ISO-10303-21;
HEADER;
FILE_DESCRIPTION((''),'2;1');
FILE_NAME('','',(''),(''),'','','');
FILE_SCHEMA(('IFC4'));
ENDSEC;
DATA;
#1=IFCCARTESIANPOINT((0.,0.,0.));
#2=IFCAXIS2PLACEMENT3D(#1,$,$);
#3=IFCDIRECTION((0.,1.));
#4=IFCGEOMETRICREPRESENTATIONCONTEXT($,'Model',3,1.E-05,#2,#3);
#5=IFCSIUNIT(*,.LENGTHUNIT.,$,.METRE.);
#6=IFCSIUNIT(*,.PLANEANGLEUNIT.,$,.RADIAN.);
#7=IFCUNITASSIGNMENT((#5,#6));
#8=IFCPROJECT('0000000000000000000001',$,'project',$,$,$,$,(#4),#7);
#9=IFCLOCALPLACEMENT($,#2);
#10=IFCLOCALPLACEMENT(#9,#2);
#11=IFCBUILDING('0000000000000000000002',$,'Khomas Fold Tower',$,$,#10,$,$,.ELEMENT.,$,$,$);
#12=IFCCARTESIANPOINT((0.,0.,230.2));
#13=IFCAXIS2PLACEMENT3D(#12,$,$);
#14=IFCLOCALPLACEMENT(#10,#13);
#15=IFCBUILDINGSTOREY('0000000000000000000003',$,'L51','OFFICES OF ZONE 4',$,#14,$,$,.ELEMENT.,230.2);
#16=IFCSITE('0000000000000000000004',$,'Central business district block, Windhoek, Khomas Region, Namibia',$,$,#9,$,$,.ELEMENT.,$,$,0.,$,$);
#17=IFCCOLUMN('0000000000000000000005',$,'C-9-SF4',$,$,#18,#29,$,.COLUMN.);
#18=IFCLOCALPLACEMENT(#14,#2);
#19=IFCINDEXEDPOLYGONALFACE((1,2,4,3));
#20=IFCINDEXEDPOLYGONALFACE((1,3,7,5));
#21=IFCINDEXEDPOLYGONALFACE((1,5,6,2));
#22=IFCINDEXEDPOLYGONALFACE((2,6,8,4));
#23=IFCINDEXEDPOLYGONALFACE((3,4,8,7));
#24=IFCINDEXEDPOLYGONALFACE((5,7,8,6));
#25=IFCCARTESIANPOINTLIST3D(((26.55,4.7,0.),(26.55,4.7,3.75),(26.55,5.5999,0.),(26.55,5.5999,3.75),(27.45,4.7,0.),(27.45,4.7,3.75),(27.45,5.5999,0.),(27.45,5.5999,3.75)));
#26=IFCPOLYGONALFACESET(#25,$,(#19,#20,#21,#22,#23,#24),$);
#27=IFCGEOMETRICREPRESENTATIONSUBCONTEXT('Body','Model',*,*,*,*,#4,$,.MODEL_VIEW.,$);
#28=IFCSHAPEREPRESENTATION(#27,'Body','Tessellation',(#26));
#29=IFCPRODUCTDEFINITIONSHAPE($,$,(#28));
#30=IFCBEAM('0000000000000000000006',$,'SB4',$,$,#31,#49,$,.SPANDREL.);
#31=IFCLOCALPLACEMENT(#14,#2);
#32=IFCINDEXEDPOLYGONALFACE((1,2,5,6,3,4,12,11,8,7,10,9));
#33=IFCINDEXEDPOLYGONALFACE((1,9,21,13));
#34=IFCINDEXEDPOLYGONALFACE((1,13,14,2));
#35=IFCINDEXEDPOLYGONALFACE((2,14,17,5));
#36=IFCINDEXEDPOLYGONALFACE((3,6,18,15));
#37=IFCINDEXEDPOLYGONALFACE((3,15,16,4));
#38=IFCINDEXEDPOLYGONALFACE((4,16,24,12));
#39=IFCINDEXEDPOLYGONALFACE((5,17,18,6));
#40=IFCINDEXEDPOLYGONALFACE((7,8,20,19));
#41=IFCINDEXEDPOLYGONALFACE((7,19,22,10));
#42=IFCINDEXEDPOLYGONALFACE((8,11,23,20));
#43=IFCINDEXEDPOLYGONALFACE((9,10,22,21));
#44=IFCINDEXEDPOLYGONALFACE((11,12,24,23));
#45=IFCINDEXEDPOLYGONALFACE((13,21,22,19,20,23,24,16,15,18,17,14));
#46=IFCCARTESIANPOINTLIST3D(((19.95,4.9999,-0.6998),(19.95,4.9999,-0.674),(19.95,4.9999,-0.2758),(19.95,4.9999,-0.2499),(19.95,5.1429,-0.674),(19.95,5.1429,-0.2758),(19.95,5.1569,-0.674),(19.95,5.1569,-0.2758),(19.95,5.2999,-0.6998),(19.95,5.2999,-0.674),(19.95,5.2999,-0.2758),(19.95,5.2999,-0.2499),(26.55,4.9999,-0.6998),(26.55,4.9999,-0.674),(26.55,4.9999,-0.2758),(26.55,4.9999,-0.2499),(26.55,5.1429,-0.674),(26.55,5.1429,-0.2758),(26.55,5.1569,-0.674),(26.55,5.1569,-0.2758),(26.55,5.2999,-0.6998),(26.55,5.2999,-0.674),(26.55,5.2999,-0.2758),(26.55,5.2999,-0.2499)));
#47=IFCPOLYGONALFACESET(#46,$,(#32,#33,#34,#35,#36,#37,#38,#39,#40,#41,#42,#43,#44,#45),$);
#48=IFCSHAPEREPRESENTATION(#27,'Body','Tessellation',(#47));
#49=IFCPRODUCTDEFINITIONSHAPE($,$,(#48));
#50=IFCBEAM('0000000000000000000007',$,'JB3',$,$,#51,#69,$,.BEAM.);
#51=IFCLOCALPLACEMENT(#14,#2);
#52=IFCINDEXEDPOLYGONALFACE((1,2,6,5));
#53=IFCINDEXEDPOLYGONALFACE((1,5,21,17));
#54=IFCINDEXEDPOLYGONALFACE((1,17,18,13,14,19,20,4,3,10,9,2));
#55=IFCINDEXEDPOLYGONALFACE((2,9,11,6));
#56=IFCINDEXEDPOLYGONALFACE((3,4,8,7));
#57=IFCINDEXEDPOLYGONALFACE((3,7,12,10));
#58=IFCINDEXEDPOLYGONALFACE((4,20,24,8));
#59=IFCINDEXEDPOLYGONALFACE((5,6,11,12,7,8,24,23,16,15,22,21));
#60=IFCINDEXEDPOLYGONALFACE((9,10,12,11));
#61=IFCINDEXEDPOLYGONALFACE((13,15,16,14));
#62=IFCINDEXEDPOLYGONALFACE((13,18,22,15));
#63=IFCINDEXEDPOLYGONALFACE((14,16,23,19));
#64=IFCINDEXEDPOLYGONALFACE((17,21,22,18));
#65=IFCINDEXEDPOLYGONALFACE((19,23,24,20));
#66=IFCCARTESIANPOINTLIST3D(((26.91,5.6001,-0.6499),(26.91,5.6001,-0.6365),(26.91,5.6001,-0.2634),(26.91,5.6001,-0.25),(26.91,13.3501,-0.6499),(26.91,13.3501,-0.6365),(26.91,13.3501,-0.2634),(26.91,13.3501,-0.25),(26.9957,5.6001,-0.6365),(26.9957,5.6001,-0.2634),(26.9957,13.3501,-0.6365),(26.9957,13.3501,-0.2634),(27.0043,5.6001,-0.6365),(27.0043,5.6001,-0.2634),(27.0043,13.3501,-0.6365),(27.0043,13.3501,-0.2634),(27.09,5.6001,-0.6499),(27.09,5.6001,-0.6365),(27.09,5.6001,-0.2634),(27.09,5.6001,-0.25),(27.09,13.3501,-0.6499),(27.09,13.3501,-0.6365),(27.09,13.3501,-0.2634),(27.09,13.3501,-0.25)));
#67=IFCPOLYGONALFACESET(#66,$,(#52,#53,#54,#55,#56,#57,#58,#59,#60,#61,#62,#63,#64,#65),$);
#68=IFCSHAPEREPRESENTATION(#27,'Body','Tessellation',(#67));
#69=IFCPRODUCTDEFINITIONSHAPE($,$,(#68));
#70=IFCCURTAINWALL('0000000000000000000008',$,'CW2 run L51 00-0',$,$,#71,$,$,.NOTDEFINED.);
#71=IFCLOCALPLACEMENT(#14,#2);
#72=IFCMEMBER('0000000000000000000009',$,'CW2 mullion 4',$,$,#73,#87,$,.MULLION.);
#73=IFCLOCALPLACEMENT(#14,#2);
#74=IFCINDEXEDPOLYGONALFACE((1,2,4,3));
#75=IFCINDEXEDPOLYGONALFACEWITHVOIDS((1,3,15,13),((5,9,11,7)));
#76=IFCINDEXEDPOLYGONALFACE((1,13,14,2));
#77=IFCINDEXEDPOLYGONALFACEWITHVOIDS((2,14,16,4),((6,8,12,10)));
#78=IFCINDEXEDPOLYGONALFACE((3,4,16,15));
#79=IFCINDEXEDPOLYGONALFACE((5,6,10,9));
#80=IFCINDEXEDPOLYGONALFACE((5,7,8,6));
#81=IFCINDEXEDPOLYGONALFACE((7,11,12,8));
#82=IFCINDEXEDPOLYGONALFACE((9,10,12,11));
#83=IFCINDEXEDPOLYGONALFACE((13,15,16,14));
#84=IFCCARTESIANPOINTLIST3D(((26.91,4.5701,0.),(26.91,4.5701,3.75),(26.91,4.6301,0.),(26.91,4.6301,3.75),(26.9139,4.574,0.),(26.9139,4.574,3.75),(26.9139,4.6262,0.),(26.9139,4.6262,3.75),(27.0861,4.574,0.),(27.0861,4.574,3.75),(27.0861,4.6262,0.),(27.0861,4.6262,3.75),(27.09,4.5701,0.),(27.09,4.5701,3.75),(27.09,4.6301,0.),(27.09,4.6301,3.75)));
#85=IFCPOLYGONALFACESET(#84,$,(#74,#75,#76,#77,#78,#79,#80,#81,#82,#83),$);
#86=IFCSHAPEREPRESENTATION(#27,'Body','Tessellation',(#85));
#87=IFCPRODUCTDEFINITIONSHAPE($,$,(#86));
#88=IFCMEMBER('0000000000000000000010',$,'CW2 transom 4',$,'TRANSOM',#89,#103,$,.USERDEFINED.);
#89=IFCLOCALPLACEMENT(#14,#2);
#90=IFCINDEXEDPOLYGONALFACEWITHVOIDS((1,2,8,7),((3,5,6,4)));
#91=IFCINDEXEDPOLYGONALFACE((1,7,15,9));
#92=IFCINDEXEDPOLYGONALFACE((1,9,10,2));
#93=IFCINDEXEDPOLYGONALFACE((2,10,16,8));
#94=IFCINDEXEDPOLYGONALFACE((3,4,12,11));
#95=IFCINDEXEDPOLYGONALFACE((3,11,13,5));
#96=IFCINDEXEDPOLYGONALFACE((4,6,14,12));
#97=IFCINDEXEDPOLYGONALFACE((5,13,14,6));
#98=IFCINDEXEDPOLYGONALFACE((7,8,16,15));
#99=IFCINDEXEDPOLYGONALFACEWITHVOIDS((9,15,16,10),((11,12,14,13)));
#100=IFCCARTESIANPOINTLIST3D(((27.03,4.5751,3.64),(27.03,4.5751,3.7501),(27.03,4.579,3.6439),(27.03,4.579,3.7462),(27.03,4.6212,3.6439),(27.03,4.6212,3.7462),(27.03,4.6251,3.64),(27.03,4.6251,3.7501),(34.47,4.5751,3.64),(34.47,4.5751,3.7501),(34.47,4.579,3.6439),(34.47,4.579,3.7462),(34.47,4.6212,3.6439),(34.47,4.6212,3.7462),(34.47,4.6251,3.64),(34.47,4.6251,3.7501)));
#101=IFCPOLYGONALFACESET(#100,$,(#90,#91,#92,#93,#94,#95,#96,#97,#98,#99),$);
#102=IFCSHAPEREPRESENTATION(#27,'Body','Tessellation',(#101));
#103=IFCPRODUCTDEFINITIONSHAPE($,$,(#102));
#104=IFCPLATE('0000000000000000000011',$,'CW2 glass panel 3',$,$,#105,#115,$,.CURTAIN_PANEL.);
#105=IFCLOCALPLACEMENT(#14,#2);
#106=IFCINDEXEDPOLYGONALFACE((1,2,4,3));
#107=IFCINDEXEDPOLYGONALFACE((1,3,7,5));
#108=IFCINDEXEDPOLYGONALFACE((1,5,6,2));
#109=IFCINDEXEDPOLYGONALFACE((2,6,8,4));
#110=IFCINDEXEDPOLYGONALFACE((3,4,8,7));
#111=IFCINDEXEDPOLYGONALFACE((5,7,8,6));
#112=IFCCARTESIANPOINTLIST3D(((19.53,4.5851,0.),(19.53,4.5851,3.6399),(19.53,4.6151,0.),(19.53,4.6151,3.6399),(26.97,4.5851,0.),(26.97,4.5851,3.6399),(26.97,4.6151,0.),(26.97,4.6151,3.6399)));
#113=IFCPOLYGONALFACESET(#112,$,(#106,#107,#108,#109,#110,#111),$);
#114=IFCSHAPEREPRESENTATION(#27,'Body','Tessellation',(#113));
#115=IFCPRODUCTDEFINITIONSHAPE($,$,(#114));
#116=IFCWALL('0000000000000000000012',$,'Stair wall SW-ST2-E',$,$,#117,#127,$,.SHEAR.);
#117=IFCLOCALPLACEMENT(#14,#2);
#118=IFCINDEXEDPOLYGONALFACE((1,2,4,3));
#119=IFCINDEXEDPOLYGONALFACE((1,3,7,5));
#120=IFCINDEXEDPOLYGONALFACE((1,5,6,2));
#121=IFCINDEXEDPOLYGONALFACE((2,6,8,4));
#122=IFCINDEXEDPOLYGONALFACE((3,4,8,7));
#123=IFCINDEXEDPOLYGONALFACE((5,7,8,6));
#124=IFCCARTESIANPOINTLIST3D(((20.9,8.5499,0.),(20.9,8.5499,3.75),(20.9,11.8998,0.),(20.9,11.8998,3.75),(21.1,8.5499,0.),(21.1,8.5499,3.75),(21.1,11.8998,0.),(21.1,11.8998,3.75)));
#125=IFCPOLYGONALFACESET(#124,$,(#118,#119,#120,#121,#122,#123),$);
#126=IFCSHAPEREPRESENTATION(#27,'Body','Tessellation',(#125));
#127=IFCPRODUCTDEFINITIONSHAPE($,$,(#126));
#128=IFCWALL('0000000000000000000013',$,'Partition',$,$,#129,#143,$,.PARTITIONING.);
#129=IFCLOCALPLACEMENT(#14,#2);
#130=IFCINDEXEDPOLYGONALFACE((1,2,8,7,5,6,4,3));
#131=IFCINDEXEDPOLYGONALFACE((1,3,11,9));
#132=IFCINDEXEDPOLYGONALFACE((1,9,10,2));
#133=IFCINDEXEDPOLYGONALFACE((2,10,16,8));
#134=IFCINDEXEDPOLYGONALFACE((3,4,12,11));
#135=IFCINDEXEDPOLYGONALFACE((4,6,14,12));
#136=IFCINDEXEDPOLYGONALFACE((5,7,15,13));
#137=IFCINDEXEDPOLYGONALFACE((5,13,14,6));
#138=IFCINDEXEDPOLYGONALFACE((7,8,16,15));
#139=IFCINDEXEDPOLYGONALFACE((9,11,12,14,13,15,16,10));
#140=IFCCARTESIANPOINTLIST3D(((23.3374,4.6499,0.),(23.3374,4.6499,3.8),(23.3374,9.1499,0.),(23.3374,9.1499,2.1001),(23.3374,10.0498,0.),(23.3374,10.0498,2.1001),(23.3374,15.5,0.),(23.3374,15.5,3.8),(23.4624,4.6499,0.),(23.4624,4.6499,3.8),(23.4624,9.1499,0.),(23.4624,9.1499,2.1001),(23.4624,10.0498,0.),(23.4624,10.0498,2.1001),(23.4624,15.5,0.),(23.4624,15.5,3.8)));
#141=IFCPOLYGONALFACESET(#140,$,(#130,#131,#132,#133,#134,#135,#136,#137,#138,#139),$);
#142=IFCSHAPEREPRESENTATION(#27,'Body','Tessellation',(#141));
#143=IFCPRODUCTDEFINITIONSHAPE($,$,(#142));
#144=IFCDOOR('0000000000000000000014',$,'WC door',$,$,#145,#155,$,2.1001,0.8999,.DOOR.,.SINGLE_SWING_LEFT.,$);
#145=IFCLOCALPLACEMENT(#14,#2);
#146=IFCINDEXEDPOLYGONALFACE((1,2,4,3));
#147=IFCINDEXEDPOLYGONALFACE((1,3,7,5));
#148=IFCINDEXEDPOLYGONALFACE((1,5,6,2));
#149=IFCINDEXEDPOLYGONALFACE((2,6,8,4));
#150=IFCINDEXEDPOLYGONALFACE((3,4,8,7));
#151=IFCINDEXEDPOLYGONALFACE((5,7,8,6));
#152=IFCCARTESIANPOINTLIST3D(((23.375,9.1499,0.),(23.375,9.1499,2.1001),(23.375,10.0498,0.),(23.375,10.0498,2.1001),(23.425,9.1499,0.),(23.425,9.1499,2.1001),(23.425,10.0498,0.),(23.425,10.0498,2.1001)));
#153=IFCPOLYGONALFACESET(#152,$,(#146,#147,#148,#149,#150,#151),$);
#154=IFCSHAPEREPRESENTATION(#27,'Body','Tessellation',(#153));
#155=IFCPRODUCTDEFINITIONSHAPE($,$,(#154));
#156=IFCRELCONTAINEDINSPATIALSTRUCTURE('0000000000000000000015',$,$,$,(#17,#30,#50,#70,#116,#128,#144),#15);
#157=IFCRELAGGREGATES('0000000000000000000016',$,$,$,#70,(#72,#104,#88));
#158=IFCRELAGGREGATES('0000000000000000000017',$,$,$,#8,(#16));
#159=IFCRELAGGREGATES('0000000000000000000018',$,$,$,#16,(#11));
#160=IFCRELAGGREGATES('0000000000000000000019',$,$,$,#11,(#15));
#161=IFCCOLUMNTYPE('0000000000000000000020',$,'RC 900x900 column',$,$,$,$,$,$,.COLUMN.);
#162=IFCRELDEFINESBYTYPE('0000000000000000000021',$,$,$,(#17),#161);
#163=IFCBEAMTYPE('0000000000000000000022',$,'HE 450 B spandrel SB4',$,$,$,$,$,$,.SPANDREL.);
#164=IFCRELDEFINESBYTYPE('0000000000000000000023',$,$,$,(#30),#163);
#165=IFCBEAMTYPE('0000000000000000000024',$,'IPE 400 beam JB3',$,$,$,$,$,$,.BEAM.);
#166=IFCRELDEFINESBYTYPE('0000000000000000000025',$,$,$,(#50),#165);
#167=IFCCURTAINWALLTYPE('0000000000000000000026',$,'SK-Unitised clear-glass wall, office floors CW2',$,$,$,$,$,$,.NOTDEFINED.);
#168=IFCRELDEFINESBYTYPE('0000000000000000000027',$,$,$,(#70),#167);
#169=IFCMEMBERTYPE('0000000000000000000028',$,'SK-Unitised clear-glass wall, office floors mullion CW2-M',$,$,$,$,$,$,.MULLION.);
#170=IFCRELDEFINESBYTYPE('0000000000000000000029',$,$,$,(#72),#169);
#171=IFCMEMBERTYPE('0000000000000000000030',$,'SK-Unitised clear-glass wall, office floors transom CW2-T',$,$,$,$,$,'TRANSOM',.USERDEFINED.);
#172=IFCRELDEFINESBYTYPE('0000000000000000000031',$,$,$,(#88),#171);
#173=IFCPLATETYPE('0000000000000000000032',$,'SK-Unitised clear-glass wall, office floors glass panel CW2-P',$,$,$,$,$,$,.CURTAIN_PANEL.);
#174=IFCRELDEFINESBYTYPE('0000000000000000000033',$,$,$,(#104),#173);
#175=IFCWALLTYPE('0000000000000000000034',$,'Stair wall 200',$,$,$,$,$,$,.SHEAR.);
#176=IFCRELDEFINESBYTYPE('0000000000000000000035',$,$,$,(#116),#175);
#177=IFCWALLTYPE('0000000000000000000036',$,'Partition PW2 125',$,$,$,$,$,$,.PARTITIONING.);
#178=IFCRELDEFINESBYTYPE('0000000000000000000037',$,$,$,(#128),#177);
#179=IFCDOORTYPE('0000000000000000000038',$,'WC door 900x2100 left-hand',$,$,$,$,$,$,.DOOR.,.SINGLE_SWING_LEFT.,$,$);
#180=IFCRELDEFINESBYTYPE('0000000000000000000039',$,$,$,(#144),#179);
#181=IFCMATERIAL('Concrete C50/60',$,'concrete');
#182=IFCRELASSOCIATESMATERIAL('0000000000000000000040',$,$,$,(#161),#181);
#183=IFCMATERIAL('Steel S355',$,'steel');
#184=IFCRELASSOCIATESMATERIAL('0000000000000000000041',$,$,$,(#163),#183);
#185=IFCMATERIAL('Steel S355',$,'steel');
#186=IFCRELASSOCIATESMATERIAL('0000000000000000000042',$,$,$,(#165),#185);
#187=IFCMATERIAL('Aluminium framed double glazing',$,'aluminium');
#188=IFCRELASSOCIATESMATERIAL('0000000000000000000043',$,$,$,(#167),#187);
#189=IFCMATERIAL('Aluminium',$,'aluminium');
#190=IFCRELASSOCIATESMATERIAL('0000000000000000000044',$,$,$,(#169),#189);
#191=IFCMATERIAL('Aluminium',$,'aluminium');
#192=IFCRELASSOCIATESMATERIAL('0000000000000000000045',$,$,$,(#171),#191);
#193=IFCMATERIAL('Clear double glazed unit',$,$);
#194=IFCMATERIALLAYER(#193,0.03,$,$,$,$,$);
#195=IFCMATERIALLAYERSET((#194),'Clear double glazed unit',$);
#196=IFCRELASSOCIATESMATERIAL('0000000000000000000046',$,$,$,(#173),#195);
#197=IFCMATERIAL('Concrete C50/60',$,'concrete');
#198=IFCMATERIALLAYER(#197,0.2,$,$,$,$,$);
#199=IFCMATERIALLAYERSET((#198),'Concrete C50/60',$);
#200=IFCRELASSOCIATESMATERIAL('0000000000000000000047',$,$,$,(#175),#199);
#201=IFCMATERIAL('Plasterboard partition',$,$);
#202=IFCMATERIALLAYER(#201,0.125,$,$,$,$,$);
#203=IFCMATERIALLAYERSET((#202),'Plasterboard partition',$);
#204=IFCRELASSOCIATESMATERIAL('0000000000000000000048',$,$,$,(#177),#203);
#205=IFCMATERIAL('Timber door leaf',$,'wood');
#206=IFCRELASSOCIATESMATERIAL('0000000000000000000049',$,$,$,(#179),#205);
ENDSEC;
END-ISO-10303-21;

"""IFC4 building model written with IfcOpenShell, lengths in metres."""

from ifc_helpers import new_model, si_unit, direction, frame, frame_2d, origin, origin_2d, place, context, subcontext, project, spatial, rectangle, hollow_rectangle, i_section, extrude, source, transform, mapped, material, layer, layer_set, material_profile, profile_set, type_object, element, fill, aggregate, save


model = new_model("IFC4")

# Units and contexts
model_context = context("Model", 3, precision=1e-05, world=origin(), true_north=direction((0.0, 1.0)))
body_context = subcontext(model_context, "Body", "Model", "MODEL_VIEW")
ifc_project = project(units=[si_unit("LENGTHUNIT", "METRE"), si_unit("PLANEANGLEUNIT", "RADIAN")], contexts=[model_context])

# Site, building, storey
site_placement = place(None, origin())
site = spatial("IfcSite", under=ifc_project, at=site_placement, Name="Central business district block, Windhoek, Khomas Region, Namibia", CompositionType="ELEMENT", RefElevation=0.0)
building_placement = place(site_placement, origin())
building = spatial("IfcBuilding", under=site, at=building_placement, Name="Khomas Fold Tower", CompositionType="ELEMENT")
storey_placement = place(building_placement, frame((0.0, 0.0, 230.2)))
storey = spatial("IfcBuildingStorey", under=building, at=storey_placement, Name="L51", Description="OFFICES OF ZONE 4", CompositionType="ELEMENT", Elevation=230.2)

# Column
ifc_material_1 = material(Name="Concrete C50/60", Category="concrete")
ifc_material_profile_1 = material_profile(ifc_material_1, rectangle(XDim=0.8999, YDim=0.8999, at=origin_2d()), Name="RC 900x900")
ifc_profile_set_1 = profile_set([ifc_material_profile_1], Name="Concrete C50/60")
column_type = type_object("IfcColumnType", Name="RC 900x900 column", PredefinedType="COLUMN", material=ifc_profile_set_1)
shared_shape_1 = source(origin(), body_context, "Body", "SweptSolid", [
    extrude(rectangle(XDim=0.8999, YDim=0.8999, at=origin_2d()), origin(), (0.0, 0.0, 1.0), 3.75),
])
column_placement = place(storey_placement, frame((27.0, 5.1499, 0.0), z_axis=(0.0, 0.0, 1.0), x_axis=(1.0, 0.0, 0.0)))
element("IfcColumn", 1, at=column_placement, inside=storey, type_object=column_type, Name="C-9-SF4", PredefinedType="COLUMN", context=body_context, shape_type="MappedRepresentation", body=[
    mapped(shared_shape_1, transform((0.0, 0.0, 0.0))),
])

# Beams
ifc_material_2 = material(Name="Steel S355", Category="steel")
ifc_material_profile_2 = material_profile(ifc_material_2, i_section(OverallWidth=0.3, OverallDepth=0.45, WebThickness=0.0139, FlangeThickness=0.0259, at=origin_2d()), Name="HE 450 B")
ifc_profile_set_2 = profile_set([ifc_material_profile_2], Name="Steel S355")
beam_type_1 = type_object("IfcBeamType", Name="HE 450 B spandrel SB4", PredefinedType="SPANDREL", material=ifc_profile_set_2)
shared_shape_2 = source(origin(), body_context, "Body", "SweptSolid", [
    extrude(i_section(OverallWidth=0.3, OverallDepth=0.45, WebThickness=0.0139, FlangeThickness=0.0259, at=origin_2d()), origin(), (0.0, 0.0, 1.0), 6.6001),
])
beam_1_placement = place(storey_placement, frame((19.95, 5.1499, -0.4749), z_axis=(1.0, 0.0, 0.0), x_axis=(0.0, 1.0, 0.0)))
element("IfcBeam", 2, at=beam_1_placement, inside=storey, type_object=beam_type_1, Name="SB4", PredefinedType="SPANDREL", context=body_context, shape_type="MappedRepresentation", body=[
    mapped(shared_shape_2, transform((0.0, 0.0, 0.0))),
])
ifc_material_3 = material(Name="Steel S355", Category="steel")
ifc_material_profile_3 = material_profile(ifc_material_3, i_section(OverallWidth=0.1799, OverallDepth=0.3999, WebThickness=0.0085, FlangeThickness=0.0134, at=origin_2d()), Name="IPE 400")
ifc_profile_set_3 = profile_set([ifc_material_profile_3], Name="Steel S355")
beam_type_2 = type_object("IfcBeamType", Name="IPE 400 beam JB3", PredefinedType="BEAM", material=ifc_profile_set_3)
shared_shape_3 = source(origin(), body_context, "Body", "SweptSolid", [
    extrude(i_section(OverallWidth=0.1799, OverallDepth=0.3999, WebThickness=0.0085, FlangeThickness=0.0134, at=origin_2d()), origin(), (0.0, 0.0, 1.0), 7.75),
])
beam_2_placement = place(storey_placement, frame((27.0, 5.6001, -0.45), z_axis=(0.0, 1.0, 0.0), x_axis=(-1.0, 0.0, 0.0)))
element("IfcBeam", 3, at=beam_2_placement, inside=storey, type_object=beam_type_2, Name="JB3", PredefinedType="BEAM", context=body_context, shape_type="MappedRepresentation", body=[
    mapped(shared_shape_3, transform((0.0, 0.0, 0.0))),
])

# Curtain wall, members, plate
ifc_material_4 = material(Name="Aluminium framed double glazing", Category="aluminium")
curtain_wall_type = type_object("IfcCurtainWallType", Name="SK-Unitised clear-glass wall, office floors CW2", PredefinedType="NOTDEFINED", material=ifc_material_4)
curtain_wall_placement = place(storey_placement, origin())
curtain_wall = element("IfcCurtainWall", 4, at=curtain_wall_placement, inside=storey, type_object=curtain_wall_type, Name="CW2 run L51 00-0", PredefinedType="NOTDEFINED")
ifc_material_5 = material(Name="Aluminium", Category="aluminium")
ifc_material_profile_4 = material_profile(ifc_material_5, hollow_rectangle(XDim=0.0601, YDim=0.1799, WallThickness=0.0039, at=origin_2d()), Name="SK-Unitised clear-glass wall, office floors mullion CW2-M")
ifc_profile_set_4 = profile_set([ifc_material_profile_4], Name="Aluminium")
member_type_1 = type_object("IfcMemberType", Name="SK-Unitised clear-glass wall, office floors mullion CW2-M", PredefinedType="MULLION", material=ifc_profile_set_4)
shared_shape_4 = source(origin(), body_context, "Body", "SweptSolid", [
    extrude(hollow_rectangle(XDim=0.0601, YDim=0.1799, WallThickness=0.0039, at=origin_2d()), origin(), (0.0, 0.0, 1.0), 3.75),
])
member_1_placement = place(storey_placement, frame((27.0, 4.6001, 0.0), z_axis=(0.0, 0.0, 1.0), x_axis=(0.0, 1.0, 0.0)))
member_1 = element("IfcMember", 5, at=member_1_placement, type_object=member_type_1, Name="CW2 mullion 4", PredefinedType="MULLION", context=body_context, shape_type="MappedRepresentation", body=[
    mapped(shared_shape_4, transform((0.0, 0.0, 0.0))),
])
ifc_material_6 = material(Name="Aluminium", Category="aluminium")
ifc_material_profile_5 = material_profile(ifc_material_6, hollow_rectangle(XDim=0.05, YDim=0.1101, WallThickness=0.0039, at=origin_2d()), Name="SK-Unitised clear-glass wall, office floors transom CW2-T")
ifc_profile_set_5 = profile_set([ifc_material_profile_5], Name="Aluminium")
member_type_2 = type_object("IfcMemberType", Name="SK-Unitised clear-glass wall, office floors transom CW2-T", ElementType="TRANSOM", PredefinedType="USERDEFINED", material=ifc_profile_set_5)
shared_shape_5 = source(origin(), body_context, "Body", "SweptSolid", [
    extrude(hollow_rectangle(XDim=0.05, YDim=0.1101, WallThickness=0.0039, at=origin_2d()), origin(), (0.0, 0.0, 1.0), 7.4399),
])
member_2_placement = place(storey_placement, frame((27.03, 4.6001, 3.6951), z_axis=(1.0, 0.0, 0.0), x_axis=(0.0, 1.0, 0.0)))
member_2 = element("IfcMember", 6, at=member_2_placement, type_object=member_type_2, Name="CW2 transom 4", ObjectType="TRANSOM", PredefinedType="USERDEFINED", context=body_context, shape_type="MappedRepresentation", body=[
    mapped(shared_shape_5, transform((0.0, 0.0, 0.0))),
])
ifc_material_7 = material(Name="Clear double glazed unit")
ifc_layer_1 = layer(ifc_material_7, 0.03)
ifc_layer_set_1 = layer_set([ifc_layer_1], Name="Clear double glazed unit")
plate_type = type_object("IfcPlateType", Name="SK-Unitised clear-glass wall, office floors glass panel CW2-P", PredefinedType="CURTAIN_PANEL", material=ifc_layer_set_1)
shared_shape_6 = source(origin(), body_context, "Body", "SweptSolid", [
    extrude(rectangle(XDim=7.4399, YDim=0.03, at=origin_2d()), origin(), (0.0, 0.0, 1.0), 3.6399),
])
plate_placement = place(storey_placement, frame((23.25, 4.6001, 0.0), z_axis=(0.0, 0.0, 1.0), x_axis=(1.0, 0.0, 0.0)))
plate = element("IfcPlate", 7, at=plate_placement, type_object=plate_type, Name="CW2 glass panel 3", PredefinedType="CURTAIN_PANEL", context=body_context, shape_type="MappedRepresentation", body=[
    mapped(shared_shape_6, transform((0.0, 0.0, 0.0))),
])
aggregate(curtain_wall, [member_1, plate, member_2])

# Wall
ifc_material_8 = material(Name="Concrete C50/60", Category="concrete")
ifc_layer_2 = layer(ifc_material_8, 0.2)
ifc_layer_set_2 = layer_set([ifc_layer_2], Name="Concrete C50/60")
wall_type_1 = type_object("IfcWallType", Name="Stair wall 200", PredefinedType="SHEAR", material=ifc_layer_set_2)
shared_shape_7 = source(origin(), body_context, "Body", "SweptSolid", [
    extrude(rectangle(XDim=3.3499, YDim=0.2, at=frame_2d((1.6748, 0.0))), origin(), (0.0, 0.0, 1.0), 3.75),
])
wall_1_placement = place(storey_placement, frame((21.0, 8.55, 0.0), z_axis=(0.0, 0.0, 1.0), x_axis=(0.0, 1.0, 0.0)))
element("IfcWall", 8, at=wall_1_placement, inside=storey, type_object=wall_type_1, Name="Stair wall SW-ST2-E", PredefinedType="SHEAR", context=body_context, shape_type="MappedRepresentation", body=[
    mapped(shared_shape_7, transform((0.0, 0.0, 0.0))),
])

# Wall, opening, door
ifc_material_9 = material(Name="Plasterboard partition")
ifc_layer_3 = layer(ifc_material_9, 0.125)
ifc_layer_set_3 = layer_set([ifc_layer_3], Name="Plasterboard partition")
wall_type_2 = type_object("IfcWallType", Name="Partition PW2 125", PredefinedType="PARTITIONING", material=ifc_layer_set_3)
shared_shape_8 = source(origin(), body_context, "Body", "SweptSolid", [
    extrude(rectangle(XDim=10.8501, YDim=0.125, at=frame_2d((5.425, 0.0))), origin(), (0.0, 0.0, 1.0), 3.8),
])
wall_2_placement = place(storey_placement, frame((23.3999, 4.6499, 0.0), z_axis=(0.0, 0.0, 1.0), x_axis=(0.0, 1.0, 0.0)))
wall_2 = element("IfcWall", 9, at=wall_2_placement, inside=storey, type_object=wall_type_2, Name="Partition", PredefinedType="PARTITIONING", context=body_context, shape_type="MappedRepresentation", body=[
    mapped(shared_shape_8, transform((0.0, 0.0, 0.0))),
])
shared_shape_9 = source(origin(), body_context, "Body", "SweptSolid", [
    extrude(rectangle(XDim=0.8999, YDim=2.1001, at=frame_2d((0.45, 1.05))), frame((0.0, 0.0725, 0.0), z_axis=(0.0, -1.0, 0.0), x_axis=(1.0, 0.0, 0.0)), (0.0, 0.0, 1.0), 0.145),
])
opening_placement = place(wall_2_placement, frame((4.5, 0.0, 0.0)))
opening = element("IfcOpeningElement", 10, at=opening_placement, cuts=wall_2, PredefinedType="OPENING", context=body_context, shape_type="MappedRepresentation", body=[
    mapped(shared_shape_9, transform((0.0, 0.0, 0.0))),
])
ifc_material_10 = material(Name="Timber door leaf", Category="wood")
door_type = type_object("IfcDoorType", Name="WC door 900x2100 left-hand", OperationType="SINGLE_SWING_LEFT", PredefinedType="DOOR", material=ifc_material_10)
shared_shape_10 = source(origin(), body_context, "Body", "SweptSolid", [
    extrude(rectangle(XDim=0.8999, YDim=2.1001, at=frame_2d((0.45, 1.05))), frame((0.0, 0.0249, 0.0), z_axis=(0.0, -1.0, 0.0), x_axis=(1.0, 0.0, 0.0)), (0.0, 0.0, 1.0), 0.05),
])
door_placement = place(opening_placement, origin())
door = element("IfcDoor", 11, at=door_placement, inside=storey, type_object=door_type, Name="WC door", OperationType="SINGLE_SWING_LEFT", OverallHeight=2.1001, OverallWidth=0.8999, PredefinedType="DOOR", context=body_context, shape_type="MappedRepresentation", body=[
    mapped(shared_shape_10, transform((0.0, 0.0, 0.0))),
])
fill(opening, door)

save(model, "model.ifc")
